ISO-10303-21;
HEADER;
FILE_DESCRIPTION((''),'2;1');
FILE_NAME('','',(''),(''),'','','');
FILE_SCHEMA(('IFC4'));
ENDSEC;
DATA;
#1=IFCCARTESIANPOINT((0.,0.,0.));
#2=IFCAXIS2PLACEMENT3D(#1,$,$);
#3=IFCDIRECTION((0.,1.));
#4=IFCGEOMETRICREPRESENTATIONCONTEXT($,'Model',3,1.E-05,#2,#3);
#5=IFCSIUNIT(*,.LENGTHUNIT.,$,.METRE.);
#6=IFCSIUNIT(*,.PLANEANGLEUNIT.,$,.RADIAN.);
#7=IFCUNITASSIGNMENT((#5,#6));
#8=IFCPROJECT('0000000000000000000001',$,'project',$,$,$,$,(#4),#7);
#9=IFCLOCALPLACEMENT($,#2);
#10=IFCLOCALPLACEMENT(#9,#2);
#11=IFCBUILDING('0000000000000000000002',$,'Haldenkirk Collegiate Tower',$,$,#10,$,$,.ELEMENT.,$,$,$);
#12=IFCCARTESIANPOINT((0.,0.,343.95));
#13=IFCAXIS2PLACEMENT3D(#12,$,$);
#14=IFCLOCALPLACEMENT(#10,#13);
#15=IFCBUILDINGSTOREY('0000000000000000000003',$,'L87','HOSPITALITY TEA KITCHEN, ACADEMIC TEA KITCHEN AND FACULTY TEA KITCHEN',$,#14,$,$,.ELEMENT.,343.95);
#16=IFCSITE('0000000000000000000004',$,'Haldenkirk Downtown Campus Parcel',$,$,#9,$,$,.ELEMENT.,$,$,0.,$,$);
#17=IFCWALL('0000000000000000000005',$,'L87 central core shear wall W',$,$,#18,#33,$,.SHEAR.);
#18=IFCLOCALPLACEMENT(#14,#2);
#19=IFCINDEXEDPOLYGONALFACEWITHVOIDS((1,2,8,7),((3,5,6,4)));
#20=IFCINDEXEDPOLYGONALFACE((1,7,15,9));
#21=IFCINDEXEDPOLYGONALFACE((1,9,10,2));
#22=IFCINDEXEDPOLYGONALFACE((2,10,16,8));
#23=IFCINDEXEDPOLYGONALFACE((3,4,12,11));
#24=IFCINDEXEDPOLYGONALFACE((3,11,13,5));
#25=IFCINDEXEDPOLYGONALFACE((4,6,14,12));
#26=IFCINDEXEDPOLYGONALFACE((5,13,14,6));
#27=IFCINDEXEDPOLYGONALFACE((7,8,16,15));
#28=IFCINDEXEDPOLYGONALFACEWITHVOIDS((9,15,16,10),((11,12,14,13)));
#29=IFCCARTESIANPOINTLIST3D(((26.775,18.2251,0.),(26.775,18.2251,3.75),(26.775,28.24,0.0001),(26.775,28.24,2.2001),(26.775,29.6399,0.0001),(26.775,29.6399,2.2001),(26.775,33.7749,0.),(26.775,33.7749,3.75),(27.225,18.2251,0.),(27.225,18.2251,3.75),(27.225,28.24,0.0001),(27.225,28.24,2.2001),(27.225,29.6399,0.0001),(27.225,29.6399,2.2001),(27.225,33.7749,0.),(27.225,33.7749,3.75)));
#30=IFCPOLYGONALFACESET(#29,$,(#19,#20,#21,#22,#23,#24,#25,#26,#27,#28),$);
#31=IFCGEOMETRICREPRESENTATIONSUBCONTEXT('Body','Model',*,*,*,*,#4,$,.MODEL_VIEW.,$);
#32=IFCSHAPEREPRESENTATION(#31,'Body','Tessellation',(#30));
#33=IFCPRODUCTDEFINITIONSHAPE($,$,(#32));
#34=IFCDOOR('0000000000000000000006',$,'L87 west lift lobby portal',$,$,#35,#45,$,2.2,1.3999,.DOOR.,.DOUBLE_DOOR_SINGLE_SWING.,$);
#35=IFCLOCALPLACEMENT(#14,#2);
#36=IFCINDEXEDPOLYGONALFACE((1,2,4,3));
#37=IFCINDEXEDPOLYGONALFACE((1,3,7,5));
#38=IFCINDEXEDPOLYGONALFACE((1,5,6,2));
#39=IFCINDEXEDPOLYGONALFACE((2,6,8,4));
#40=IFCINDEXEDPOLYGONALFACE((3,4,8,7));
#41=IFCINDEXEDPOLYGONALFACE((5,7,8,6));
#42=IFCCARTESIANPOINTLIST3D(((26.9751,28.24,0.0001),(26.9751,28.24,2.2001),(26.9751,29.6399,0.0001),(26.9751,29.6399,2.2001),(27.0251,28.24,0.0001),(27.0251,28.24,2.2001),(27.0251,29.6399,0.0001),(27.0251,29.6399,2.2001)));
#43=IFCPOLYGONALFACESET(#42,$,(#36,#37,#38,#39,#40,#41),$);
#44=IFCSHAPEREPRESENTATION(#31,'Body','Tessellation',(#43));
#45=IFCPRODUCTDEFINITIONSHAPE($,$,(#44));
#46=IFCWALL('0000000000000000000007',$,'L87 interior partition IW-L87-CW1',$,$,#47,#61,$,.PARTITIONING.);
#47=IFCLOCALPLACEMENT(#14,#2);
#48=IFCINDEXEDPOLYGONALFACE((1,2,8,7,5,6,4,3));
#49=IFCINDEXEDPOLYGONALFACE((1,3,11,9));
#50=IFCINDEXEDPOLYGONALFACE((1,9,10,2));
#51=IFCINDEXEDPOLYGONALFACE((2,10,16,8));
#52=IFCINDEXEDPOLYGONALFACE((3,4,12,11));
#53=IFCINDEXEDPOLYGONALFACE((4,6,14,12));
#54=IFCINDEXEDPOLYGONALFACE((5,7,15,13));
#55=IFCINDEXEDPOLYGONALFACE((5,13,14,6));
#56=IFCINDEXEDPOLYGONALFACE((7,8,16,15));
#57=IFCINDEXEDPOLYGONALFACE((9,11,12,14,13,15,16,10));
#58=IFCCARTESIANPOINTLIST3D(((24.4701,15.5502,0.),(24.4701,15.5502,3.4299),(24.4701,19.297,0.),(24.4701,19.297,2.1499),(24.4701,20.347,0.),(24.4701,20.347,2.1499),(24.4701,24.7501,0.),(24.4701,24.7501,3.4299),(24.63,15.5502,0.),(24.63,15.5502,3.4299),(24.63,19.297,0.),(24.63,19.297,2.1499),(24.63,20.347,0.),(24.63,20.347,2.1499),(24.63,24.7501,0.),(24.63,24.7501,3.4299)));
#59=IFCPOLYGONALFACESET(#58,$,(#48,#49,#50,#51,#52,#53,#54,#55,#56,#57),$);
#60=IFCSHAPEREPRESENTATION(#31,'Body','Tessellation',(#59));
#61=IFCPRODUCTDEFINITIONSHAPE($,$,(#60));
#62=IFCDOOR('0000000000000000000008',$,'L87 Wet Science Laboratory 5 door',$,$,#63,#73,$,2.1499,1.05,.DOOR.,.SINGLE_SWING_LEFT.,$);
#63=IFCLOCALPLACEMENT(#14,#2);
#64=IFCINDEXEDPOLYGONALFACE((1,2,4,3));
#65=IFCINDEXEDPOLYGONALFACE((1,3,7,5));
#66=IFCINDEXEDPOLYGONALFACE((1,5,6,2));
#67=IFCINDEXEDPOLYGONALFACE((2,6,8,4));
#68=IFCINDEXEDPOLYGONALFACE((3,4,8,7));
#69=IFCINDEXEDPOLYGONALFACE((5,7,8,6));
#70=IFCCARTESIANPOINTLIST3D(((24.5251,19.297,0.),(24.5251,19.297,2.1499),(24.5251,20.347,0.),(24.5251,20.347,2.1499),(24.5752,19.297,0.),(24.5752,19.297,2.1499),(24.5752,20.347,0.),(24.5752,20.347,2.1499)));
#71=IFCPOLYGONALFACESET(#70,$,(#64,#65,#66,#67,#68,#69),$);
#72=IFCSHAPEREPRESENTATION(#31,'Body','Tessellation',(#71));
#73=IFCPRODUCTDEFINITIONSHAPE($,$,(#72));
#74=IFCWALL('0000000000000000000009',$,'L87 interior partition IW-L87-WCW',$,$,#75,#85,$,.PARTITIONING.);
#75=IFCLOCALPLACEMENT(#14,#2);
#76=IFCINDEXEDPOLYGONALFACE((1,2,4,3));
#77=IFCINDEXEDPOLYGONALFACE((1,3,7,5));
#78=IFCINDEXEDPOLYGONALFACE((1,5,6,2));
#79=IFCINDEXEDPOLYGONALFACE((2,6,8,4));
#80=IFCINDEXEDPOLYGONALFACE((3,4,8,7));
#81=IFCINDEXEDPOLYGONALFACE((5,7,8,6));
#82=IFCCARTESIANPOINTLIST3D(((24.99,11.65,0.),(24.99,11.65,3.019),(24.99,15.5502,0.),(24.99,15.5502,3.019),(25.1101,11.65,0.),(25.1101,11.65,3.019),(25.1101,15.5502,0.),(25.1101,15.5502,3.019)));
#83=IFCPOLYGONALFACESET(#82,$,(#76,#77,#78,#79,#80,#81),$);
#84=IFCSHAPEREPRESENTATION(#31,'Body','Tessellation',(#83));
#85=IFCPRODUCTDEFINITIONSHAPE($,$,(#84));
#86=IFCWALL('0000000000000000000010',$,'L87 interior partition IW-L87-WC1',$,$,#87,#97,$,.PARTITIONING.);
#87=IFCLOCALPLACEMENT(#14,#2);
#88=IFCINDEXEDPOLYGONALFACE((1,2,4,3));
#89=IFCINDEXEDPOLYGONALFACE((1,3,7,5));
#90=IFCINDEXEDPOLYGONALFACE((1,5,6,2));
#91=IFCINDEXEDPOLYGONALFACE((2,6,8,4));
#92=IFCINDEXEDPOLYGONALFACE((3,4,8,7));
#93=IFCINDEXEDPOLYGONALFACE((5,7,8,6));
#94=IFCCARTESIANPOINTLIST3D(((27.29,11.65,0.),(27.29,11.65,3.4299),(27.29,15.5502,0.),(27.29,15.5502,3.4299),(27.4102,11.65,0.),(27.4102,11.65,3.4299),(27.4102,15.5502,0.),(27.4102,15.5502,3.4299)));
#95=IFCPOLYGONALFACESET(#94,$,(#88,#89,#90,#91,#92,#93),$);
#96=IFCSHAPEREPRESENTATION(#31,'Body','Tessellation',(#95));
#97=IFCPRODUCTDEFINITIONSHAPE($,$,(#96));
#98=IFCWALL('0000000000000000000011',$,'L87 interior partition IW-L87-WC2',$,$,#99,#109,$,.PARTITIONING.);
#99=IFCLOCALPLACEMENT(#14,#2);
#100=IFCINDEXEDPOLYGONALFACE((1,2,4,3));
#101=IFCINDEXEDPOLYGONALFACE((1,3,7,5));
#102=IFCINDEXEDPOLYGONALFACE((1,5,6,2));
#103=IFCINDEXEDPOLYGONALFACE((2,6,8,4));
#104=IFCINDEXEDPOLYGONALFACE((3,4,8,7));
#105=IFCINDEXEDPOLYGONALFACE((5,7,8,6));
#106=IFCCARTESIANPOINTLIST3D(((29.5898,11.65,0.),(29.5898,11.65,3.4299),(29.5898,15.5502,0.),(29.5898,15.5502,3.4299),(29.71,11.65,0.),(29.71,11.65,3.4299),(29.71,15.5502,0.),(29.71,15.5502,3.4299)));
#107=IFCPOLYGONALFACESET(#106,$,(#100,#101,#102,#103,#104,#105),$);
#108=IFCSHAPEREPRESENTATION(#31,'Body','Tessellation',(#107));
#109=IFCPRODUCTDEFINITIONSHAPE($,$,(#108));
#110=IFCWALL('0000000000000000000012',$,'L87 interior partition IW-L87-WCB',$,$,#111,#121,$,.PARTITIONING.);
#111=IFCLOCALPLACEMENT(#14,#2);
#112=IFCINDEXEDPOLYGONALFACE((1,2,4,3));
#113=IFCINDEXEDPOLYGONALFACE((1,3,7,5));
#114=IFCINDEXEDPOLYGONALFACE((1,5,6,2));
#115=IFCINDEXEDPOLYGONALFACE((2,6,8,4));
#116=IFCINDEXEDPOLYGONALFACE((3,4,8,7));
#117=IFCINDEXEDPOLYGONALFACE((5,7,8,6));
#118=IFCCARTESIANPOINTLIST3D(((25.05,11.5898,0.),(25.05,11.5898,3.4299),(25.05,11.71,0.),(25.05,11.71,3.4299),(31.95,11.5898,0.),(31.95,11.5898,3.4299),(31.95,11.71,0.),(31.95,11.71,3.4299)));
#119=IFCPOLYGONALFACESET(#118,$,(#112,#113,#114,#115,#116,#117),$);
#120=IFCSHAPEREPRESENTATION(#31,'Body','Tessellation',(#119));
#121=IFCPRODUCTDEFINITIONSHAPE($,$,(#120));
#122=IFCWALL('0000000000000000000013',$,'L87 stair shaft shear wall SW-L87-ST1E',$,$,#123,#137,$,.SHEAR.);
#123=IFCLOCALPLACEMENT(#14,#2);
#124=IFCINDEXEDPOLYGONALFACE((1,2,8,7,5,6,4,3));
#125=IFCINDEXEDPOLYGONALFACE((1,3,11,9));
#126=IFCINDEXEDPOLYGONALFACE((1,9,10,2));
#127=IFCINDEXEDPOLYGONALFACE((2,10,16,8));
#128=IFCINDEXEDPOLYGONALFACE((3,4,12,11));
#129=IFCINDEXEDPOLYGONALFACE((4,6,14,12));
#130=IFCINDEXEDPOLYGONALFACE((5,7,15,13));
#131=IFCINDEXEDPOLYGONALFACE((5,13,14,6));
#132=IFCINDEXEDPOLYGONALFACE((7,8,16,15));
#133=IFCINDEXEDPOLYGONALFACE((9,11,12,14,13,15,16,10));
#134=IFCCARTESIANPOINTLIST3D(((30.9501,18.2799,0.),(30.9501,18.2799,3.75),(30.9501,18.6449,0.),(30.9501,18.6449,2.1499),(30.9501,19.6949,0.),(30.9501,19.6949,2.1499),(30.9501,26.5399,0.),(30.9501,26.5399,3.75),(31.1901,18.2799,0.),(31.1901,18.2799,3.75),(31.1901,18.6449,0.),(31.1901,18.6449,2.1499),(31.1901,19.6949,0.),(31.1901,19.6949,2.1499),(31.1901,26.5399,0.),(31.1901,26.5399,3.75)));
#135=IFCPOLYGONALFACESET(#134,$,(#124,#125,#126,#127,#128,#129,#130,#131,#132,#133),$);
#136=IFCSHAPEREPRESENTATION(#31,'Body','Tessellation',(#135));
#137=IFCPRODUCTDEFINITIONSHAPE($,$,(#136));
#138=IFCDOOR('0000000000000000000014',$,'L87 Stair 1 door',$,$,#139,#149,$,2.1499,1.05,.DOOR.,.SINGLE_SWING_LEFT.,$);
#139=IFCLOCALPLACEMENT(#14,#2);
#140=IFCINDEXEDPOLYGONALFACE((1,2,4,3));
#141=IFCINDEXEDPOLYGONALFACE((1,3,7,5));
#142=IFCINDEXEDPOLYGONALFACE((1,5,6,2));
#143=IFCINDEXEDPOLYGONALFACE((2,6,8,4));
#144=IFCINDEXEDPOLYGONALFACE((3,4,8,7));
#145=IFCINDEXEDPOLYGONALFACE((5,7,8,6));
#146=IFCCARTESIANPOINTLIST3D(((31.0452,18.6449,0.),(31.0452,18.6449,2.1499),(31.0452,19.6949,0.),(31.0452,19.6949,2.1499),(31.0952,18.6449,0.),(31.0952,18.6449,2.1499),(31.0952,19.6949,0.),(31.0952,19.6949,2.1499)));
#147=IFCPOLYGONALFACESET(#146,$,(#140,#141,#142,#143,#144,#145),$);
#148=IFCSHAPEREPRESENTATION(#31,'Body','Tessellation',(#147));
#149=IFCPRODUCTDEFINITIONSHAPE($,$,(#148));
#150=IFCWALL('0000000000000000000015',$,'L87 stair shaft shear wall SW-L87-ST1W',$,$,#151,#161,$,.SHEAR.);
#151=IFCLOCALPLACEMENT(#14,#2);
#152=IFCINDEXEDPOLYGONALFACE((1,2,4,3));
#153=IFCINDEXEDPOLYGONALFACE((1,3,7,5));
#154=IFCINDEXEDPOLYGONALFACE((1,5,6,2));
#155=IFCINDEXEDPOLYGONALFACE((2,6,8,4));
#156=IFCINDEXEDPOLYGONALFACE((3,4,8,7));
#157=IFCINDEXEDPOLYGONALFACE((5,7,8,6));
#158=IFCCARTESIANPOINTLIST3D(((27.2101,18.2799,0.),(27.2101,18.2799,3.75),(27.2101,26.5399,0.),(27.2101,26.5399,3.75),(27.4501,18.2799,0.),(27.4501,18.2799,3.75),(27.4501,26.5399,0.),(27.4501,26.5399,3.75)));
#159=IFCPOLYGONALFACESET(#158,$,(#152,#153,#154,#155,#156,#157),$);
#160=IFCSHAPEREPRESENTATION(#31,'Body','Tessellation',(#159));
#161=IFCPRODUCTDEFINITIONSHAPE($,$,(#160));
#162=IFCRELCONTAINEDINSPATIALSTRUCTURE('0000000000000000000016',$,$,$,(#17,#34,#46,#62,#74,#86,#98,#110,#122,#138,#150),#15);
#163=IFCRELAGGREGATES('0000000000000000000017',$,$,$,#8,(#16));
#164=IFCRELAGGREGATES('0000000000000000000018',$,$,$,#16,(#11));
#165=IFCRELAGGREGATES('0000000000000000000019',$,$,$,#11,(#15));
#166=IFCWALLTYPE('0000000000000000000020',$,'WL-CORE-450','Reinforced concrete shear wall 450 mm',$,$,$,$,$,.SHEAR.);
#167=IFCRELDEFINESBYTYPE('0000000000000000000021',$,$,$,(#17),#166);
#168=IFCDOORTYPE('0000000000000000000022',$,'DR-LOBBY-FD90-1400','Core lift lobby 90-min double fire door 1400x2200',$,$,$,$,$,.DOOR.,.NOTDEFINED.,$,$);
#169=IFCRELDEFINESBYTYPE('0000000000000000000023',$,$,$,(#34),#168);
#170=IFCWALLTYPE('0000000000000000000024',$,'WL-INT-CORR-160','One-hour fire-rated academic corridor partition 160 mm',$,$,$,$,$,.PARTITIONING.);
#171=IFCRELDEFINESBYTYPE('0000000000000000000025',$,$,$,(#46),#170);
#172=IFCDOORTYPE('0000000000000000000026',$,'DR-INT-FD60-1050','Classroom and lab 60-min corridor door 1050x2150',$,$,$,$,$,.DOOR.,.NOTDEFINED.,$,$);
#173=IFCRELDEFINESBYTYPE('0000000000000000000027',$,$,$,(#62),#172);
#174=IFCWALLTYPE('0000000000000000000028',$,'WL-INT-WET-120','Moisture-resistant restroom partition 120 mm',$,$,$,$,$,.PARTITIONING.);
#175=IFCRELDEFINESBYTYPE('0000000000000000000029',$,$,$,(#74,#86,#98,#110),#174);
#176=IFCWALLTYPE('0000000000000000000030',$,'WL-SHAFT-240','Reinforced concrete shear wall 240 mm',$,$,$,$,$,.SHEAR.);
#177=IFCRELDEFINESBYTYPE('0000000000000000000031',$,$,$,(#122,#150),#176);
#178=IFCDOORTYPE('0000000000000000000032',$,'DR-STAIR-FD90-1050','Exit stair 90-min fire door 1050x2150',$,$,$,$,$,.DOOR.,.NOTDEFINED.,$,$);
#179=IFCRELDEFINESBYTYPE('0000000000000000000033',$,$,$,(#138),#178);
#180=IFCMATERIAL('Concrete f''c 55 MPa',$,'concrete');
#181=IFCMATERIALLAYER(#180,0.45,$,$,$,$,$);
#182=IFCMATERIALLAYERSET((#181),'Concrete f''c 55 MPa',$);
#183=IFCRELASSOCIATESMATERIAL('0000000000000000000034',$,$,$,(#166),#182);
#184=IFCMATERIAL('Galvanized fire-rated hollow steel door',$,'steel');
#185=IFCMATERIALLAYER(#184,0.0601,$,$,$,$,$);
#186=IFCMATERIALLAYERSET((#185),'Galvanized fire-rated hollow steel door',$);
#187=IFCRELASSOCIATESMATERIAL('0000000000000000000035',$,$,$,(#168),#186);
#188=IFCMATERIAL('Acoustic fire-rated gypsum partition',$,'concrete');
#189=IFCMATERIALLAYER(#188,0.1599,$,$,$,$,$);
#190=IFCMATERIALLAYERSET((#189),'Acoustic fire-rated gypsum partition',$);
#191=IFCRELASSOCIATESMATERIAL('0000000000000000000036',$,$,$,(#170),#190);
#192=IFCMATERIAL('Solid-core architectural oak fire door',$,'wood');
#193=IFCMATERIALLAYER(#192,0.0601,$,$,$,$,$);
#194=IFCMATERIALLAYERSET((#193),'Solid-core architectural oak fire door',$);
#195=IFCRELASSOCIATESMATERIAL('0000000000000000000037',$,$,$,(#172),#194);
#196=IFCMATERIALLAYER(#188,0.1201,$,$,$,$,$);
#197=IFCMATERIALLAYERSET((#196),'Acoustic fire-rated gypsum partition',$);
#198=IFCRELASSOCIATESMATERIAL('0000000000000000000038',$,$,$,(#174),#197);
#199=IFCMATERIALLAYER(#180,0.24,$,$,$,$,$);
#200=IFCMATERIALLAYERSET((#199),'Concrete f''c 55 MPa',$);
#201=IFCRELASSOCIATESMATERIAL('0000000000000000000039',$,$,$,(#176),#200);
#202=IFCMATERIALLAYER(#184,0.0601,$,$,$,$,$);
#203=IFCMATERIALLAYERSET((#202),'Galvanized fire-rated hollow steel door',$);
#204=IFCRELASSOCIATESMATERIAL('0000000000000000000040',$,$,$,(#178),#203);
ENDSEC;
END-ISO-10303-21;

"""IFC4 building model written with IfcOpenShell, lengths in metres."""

from ifc_helpers import new_model, si_unit, direction, frame, frame_2d, origin, place, context, subcontext, project, spatial, rectangle, extrude, material, layer, layer_set, type_object, element, fill, save


model = new_model("IFC4")

# Units and contexts
model_context = context("Model", 3, precision=1e-05, world=origin(), true_north=direction((0.0, 1.0)))
body_context = subcontext(model_context, "Body", "Model", "MODEL_VIEW")
ifc_project = project(units=[si_unit("LENGTHUNIT", "METRE"), si_unit("PLANEANGLEUNIT", "RADIAN")], contexts=[model_context])

# Site, building, storey
site_placement = place(None, origin())
site = spatial("IfcSite", under=ifc_project, at=site_placement, Name="Haldenkirk Downtown Campus Parcel", CompositionType="ELEMENT", RefElevation=0.0)
building_placement = place(site_placement, origin())
building = spatial("IfcBuilding", under=site, at=building_placement, Name="Haldenkirk Collegiate Tower", CompositionType="ELEMENT")
storey_placement = place(building_placement, frame((0.0, 0.0, 343.95)))
storey = spatial("IfcBuildingStorey", under=building, at=storey_placement, Name="L87", Description="HOSPITALITY TEA KITCHEN, ACADEMIC TEA KITCHEN AND FACULTY TEA KITCHEN", CompositionType="ELEMENT", Elevation=343.95)

# Shared definitions
ifc_material_1 = material(Name="Concrete f'c 55 MPa", Category="concrete")
ifc_layer_1 = layer(ifc_material_1, 0.45)
ifc_layer_set_1 = layer_set([ifc_layer_1], Name="Concrete f'c 55 MPa")
wall_type_1 = type_object("IfcWallType", Name="WL-CORE-450", Description="Reinforced concrete shear wall 450 mm", PredefinedType="SHEAR", material=ifc_layer_set_1)
ifc_material_2 = material(Name="Galvanized fire-rated hollow steel door", Category="steel")

# Wall, opening, door
wall_1_placement = place(storey_placement, frame((27.0, 18.2251, 0.0), z_axis=(0.0, 0.0, 1.0), x_axis=(0.0, 1.0, 0.0)))
wall_1 = element("IfcWall", 1, at=wall_1_placement, inside=storey, type_object=wall_type_1, Name="L87 central core shear wall W", PredefinedType="SHEAR", context=body_context, shape_type="SweptSolid", body=[
    extrude(rectangle(XDim=15.5498, YDim=0.45, at=frame_2d((7.7749, 0.0))), origin(), (0.0, 0.0, 1.0), 3.75),
])
opening_1_placement = place(wall_1_placement, frame((10.0149, 0.0, 0.0)))
opening_1 = element("IfcOpeningElement", 2, at=opening_1_placement, cuts=wall_1, PredefinedType="OPENING", context=body_context, shape_type="SweptSolid", body=[
    extrude(rectangle(XDim=1.3999, YDim=2.2, at=frame_2d((0.7, 1.1001))), frame((0.0, 0.2349, 0.0), z_axis=(0.0, -1.0, 0.0), x_axis=(1.0, 0.0, 0.0)), (0.0, 0.0, 1.0), 0.47),
])
ifc_layer_2 = layer(ifc_material_2, 0.0601)
ifc_layer_set_2 = layer_set([ifc_layer_2], Name="Galvanized fire-rated hollow steel door")
door_type_1 = type_object("IfcDoorType", Name="DR-LOBBY-FD90-1400", Description="Core lift lobby 90-min double fire door 1400x2200", OperationType="NOTDEFINED", PredefinedType="DOOR", material=ifc_layer_set_2)
door_1_placement = place(opening_1_placement, origin())
door_1 = element("IfcDoor", 3, at=door_1_placement, inside=storey, type_object=door_type_1, Name="L87 west lift lobby portal", OperationType="DOUBLE_DOOR_SINGLE_SWING", OverallHeight=2.2, OverallWidth=1.3999, PredefinedType="DOOR", context=body_context, shape_type="SweptSolid", body=[
    extrude(rectangle(XDim=1.3999, YDim=2.2, at=frame_2d((0.7, 1.1001))), frame((0.0, 0.0249, 0.0), z_axis=(0.0, -1.0, 0.0), x_axis=(1.0, 0.0, 0.0)), (0.0, 0.0, 1.0), 0.05),
])
fill(opening_1, door_1)

# Shared definitions
ifc_material_3 = material(Name="Acoustic fire-rated gypsum partition", Category="concrete")
ifc_layer_3 = layer(ifc_material_3, 0.1599)
ifc_layer_set_3 = layer_set([ifc_layer_3], Name="Acoustic fire-rated gypsum partition")
wall_type_2 = type_object("IfcWallType", Name="WL-INT-CORR-160", Description="One-hour fire-rated academic corridor partition 160 mm", PredefinedType="PARTITIONING", material=ifc_layer_set_3)
ifc_material_4 = material(Name="Solid-core architectural oak fire door", Category="wood")

# Wall, opening, door
wall_2_placement = place(storey_placement, frame((24.55, 15.55, 0.0), z_axis=(0.0, 0.0, 1.0), x_axis=(0.0, 1.0, 0.0)))
wall_2 = element("IfcWall", 4, at=wall_2_placement, inside=storey, type_object=wall_type_2, Name="L87 interior partition IW-L87-CW1", PredefinedType="PARTITIONING", context=body_context, shape_type="SweptSolid", body=[
    extrude(rectangle(XDim=9.2, YDim=0.1599, at=frame_2d((4.6001, 0.0))), origin(), (0.0, 0.0, 1.0), 3.4299),
])
opening_2_placement = place(wall_2_placement, frame((3.7471, 0.0, 0.0)))
opening_2 = element("IfcOpeningElement", 5, at=opening_2_placement, cuts=wall_2, PredefinedType="OPENING", context=body_context, shape_type="SweptSolid", body=[
    extrude(rectangle(XDim=1.05, YDim=2.1499, at=frame_2d((0.5249, 1.075))), frame((0.0, 0.0898, 0.0), z_axis=(0.0, -1.0, 0.0), x_axis=(1.0, 0.0, 0.0)), (0.0, 0.0, 1.0), 0.1799),
])
ifc_layer_4 = layer(ifc_material_4, 0.0601)
ifc_layer_set_4 = layer_set([ifc_layer_4], Name="Solid-core architectural oak fire door")
door_type_2 = type_object("IfcDoorType", Name="DR-INT-FD60-1050", Description="Classroom and lab 60-min corridor door 1050x2150", OperationType="NOTDEFINED", PredefinedType="DOOR", material=ifc_layer_set_4)
door_2_placement = place(opening_2_placement, origin())
door_2 = element("IfcDoor", 6, at=door_2_placement, inside=storey, type_object=door_type_2, Name="L87 Wet Science Laboratory 5 door", OperationType="SINGLE_SWING_LEFT", OverallHeight=2.1499, OverallWidth=1.05, PredefinedType="DOOR", context=body_context, shape_type="SweptSolid", body=[
    extrude(rectangle(XDim=1.05, YDim=2.1499, at=frame_2d((0.5249, 1.075))), frame((0.0, 0.0249, 0.0), z_axis=(0.0, -1.0, 0.0), x_axis=(1.0, 0.0, 0.0)), (0.0, 0.0, 1.0), 0.05),
])
fill(opening_2, door_2)

# Walls
ifc_layer_5 = layer(ifc_material_3, 0.1201)
ifc_layer_set_5 = layer_set([ifc_layer_5], Name="Acoustic fire-rated gypsum partition")
wall_type_3 = type_object("IfcWallType", Name="WL-INT-WET-120", Description="Moisture-resistant restroom partition 120 mm", PredefinedType="PARTITIONING", material=ifc_layer_set_5)
wall_3_placement = place(storey_placement, frame((25.05, 11.6499, 0.0), z_axis=(0.0, 0.0, 1.0), x_axis=(0.0, 1.0, 0.0)))
element("IfcWall", 7, at=wall_3_placement, inside=storey, type_object=wall_type_3, Name="L87 interior partition IW-L87-WCW", PredefinedType="PARTITIONING", context=body_context, shape_type="SweptSolid", body=[
    extrude(rectangle(XDim=3.9001, YDim=0.1201, at=frame_2d((1.9502, 0.0))), origin(), (0.0, 0.0, 1.0), 3.019),
])
for number, where, z_axis, x_axis, name in (
    (8, (27.3501, 11.6499, 0.0), (0.0, 0.0, 1.0), (0.0, 1.0, 0.0), "L87 interior partition IW-L87-WC1"),
    (9, (29.6499, 11.6499, 0.0), (0.0, 0.0, 1.0), (0.0, 1.0, 0.0), "L87 interior partition IW-L87-WC2"),
):
    element("IfcWall", number, at=place(storey_placement, frame(where, z_axis=z_axis, x_axis=x_axis)), inside=storey, type_object=wall_type_3, Name=name, PredefinedType="PARTITIONING", context=body_context, shape_type="SweptSolid", body=[
        extrude(rectangle(XDim=3.9001, YDim=0.1201, at=frame_2d((1.9502, 0.0))), origin(), (0.0, 0.0, 1.0), 3.4299),
    ])
wall_4_placement = place(storey_placement, frame((25.05, 11.6499, 0.0), z_axis=(0.0, 0.0, 1.0), x_axis=(1.0, 0.0, 0.0)))
element("IfcWall", 10, at=wall_4_placement, inside=storey, type_object=wall_type_3, Name="L87 interior partition IW-L87-WCB", PredefinedType="PARTITIONING", context=body_context, shape_type="SweptSolid", body=[
    extrude(rectangle(XDim=6.8999, YDim=0.1201, at=frame_2d((3.45, 0.0))), origin(), (0.0, 0.0, 1.0), 3.4299),
])

# Wall, opening, door
ifc_layer_6 = layer(ifc_material_1, 0.24)
ifc_layer_set_6 = layer_set([ifc_layer_6], Name="Concrete f'c 55 MPa")
wall_type_4 = type_object("IfcWallType", Name="WL-SHAFT-240", Description="Reinforced concrete shear wall 240 mm", PredefinedType="SHEAR", material=ifc_layer_set_6)
wall_5_placement = place(storey_placement, frame((31.0701, 18.28, 0.0), z_axis=(0.0, 0.0, 1.0), x_axis=(0.0, 1.0, 0.0)))
wall_5 = element("IfcWall", 11, at=wall_5_placement, inside=storey, type_object=wall_type_4, Name="L87 stair shaft shear wall SW-L87-ST1E", PredefinedType="SHEAR", context=body_context, shape_type="SweptSolid", body=[
    extrude(rectangle(XDim=8.26, YDim=0.24, at=frame_2d((4.1299, 0.0))), origin(), (0.0, 0.0, 1.0), 3.75),
])
opening_3_placement = place(wall_5_placement, frame((0.365, 0.0, 0.0)))
opening_3 = element("IfcOpeningElement", 12, at=opening_3_placement, cuts=wall_5, PredefinedType="OPENING", context=body_context, shape_type="SweptSolid", body=[
    extrude(rectangle(XDim=1.05, YDim=2.1499, at=frame_2d((0.5249, 1.075))), frame((0.0, 0.1299, 0.0), z_axis=(0.0, -1.0, 0.0), x_axis=(1.0, 0.0, 0.0)), (0.0, 0.0, 1.0), 0.26),
])
ifc_layer_7 = layer(ifc_material_2, 0.0601)
ifc_layer_set_7 = layer_set([ifc_layer_7], Name="Galvanized fire-rated hollow steel door")
door_type_3 = type_object("IfcDoorType", Name="DR-STAIR-FD90-1050", Description="Exit stair 90-min fire door 1050x2150", OperationType="NOTDEFINED", PredefinedType="DOOR", material=ifc_layer_set_7)
door_3_placement = place(opening_3_placement, origin())
door_3 = element("IfcDoor", 13, at=door_3_placement, inside=storey, type_object=door_type_3, Name="L87 Stair 1 door", OperationType="SINGLE_SWING_LEFT", OverallHeight=2.1499, OverallWidth=1.05, PredefinedType="DOOR", context=body_context, shape_type="SweptSolid", body=[
    extrude(rectangle(XDim=1.05, YDim=2.1499, at=frame_2d((0.5249, 1.075))), frame((0.0, 0.0249, 0.0), z_axis=(0.0, -1.0, 0.0), x_axis=(1.0, 0.0, 0.0)), (0.0, 0.0, 1.0), 0.05),
])
fill(opening_3, door_3)

# Wall
wall_6_placement = place(storey_placement, frame((27.3301, 18.28, 0.0), z_axis=(0.0, 0.0, 1.0), x_axis=(0.0, 1.0, 0.0)))
element("IfcWall", 14, at=wall_6_placement, inside=storey, type_object=wall_type_4, Name="L87 stair shaft shear wall SW-L87-ST1W", PredefinedType="SHEAR", context=body_context, shape_type="SweptSolid", body=[
    extrude(rectangle(XDim=8.26, YDim=0.24, at=frame_2d((4.1299, 0.0))), origin(), (0.0, 0.0, 1.0), 3.75),
])

save(model, "model.ifc")
